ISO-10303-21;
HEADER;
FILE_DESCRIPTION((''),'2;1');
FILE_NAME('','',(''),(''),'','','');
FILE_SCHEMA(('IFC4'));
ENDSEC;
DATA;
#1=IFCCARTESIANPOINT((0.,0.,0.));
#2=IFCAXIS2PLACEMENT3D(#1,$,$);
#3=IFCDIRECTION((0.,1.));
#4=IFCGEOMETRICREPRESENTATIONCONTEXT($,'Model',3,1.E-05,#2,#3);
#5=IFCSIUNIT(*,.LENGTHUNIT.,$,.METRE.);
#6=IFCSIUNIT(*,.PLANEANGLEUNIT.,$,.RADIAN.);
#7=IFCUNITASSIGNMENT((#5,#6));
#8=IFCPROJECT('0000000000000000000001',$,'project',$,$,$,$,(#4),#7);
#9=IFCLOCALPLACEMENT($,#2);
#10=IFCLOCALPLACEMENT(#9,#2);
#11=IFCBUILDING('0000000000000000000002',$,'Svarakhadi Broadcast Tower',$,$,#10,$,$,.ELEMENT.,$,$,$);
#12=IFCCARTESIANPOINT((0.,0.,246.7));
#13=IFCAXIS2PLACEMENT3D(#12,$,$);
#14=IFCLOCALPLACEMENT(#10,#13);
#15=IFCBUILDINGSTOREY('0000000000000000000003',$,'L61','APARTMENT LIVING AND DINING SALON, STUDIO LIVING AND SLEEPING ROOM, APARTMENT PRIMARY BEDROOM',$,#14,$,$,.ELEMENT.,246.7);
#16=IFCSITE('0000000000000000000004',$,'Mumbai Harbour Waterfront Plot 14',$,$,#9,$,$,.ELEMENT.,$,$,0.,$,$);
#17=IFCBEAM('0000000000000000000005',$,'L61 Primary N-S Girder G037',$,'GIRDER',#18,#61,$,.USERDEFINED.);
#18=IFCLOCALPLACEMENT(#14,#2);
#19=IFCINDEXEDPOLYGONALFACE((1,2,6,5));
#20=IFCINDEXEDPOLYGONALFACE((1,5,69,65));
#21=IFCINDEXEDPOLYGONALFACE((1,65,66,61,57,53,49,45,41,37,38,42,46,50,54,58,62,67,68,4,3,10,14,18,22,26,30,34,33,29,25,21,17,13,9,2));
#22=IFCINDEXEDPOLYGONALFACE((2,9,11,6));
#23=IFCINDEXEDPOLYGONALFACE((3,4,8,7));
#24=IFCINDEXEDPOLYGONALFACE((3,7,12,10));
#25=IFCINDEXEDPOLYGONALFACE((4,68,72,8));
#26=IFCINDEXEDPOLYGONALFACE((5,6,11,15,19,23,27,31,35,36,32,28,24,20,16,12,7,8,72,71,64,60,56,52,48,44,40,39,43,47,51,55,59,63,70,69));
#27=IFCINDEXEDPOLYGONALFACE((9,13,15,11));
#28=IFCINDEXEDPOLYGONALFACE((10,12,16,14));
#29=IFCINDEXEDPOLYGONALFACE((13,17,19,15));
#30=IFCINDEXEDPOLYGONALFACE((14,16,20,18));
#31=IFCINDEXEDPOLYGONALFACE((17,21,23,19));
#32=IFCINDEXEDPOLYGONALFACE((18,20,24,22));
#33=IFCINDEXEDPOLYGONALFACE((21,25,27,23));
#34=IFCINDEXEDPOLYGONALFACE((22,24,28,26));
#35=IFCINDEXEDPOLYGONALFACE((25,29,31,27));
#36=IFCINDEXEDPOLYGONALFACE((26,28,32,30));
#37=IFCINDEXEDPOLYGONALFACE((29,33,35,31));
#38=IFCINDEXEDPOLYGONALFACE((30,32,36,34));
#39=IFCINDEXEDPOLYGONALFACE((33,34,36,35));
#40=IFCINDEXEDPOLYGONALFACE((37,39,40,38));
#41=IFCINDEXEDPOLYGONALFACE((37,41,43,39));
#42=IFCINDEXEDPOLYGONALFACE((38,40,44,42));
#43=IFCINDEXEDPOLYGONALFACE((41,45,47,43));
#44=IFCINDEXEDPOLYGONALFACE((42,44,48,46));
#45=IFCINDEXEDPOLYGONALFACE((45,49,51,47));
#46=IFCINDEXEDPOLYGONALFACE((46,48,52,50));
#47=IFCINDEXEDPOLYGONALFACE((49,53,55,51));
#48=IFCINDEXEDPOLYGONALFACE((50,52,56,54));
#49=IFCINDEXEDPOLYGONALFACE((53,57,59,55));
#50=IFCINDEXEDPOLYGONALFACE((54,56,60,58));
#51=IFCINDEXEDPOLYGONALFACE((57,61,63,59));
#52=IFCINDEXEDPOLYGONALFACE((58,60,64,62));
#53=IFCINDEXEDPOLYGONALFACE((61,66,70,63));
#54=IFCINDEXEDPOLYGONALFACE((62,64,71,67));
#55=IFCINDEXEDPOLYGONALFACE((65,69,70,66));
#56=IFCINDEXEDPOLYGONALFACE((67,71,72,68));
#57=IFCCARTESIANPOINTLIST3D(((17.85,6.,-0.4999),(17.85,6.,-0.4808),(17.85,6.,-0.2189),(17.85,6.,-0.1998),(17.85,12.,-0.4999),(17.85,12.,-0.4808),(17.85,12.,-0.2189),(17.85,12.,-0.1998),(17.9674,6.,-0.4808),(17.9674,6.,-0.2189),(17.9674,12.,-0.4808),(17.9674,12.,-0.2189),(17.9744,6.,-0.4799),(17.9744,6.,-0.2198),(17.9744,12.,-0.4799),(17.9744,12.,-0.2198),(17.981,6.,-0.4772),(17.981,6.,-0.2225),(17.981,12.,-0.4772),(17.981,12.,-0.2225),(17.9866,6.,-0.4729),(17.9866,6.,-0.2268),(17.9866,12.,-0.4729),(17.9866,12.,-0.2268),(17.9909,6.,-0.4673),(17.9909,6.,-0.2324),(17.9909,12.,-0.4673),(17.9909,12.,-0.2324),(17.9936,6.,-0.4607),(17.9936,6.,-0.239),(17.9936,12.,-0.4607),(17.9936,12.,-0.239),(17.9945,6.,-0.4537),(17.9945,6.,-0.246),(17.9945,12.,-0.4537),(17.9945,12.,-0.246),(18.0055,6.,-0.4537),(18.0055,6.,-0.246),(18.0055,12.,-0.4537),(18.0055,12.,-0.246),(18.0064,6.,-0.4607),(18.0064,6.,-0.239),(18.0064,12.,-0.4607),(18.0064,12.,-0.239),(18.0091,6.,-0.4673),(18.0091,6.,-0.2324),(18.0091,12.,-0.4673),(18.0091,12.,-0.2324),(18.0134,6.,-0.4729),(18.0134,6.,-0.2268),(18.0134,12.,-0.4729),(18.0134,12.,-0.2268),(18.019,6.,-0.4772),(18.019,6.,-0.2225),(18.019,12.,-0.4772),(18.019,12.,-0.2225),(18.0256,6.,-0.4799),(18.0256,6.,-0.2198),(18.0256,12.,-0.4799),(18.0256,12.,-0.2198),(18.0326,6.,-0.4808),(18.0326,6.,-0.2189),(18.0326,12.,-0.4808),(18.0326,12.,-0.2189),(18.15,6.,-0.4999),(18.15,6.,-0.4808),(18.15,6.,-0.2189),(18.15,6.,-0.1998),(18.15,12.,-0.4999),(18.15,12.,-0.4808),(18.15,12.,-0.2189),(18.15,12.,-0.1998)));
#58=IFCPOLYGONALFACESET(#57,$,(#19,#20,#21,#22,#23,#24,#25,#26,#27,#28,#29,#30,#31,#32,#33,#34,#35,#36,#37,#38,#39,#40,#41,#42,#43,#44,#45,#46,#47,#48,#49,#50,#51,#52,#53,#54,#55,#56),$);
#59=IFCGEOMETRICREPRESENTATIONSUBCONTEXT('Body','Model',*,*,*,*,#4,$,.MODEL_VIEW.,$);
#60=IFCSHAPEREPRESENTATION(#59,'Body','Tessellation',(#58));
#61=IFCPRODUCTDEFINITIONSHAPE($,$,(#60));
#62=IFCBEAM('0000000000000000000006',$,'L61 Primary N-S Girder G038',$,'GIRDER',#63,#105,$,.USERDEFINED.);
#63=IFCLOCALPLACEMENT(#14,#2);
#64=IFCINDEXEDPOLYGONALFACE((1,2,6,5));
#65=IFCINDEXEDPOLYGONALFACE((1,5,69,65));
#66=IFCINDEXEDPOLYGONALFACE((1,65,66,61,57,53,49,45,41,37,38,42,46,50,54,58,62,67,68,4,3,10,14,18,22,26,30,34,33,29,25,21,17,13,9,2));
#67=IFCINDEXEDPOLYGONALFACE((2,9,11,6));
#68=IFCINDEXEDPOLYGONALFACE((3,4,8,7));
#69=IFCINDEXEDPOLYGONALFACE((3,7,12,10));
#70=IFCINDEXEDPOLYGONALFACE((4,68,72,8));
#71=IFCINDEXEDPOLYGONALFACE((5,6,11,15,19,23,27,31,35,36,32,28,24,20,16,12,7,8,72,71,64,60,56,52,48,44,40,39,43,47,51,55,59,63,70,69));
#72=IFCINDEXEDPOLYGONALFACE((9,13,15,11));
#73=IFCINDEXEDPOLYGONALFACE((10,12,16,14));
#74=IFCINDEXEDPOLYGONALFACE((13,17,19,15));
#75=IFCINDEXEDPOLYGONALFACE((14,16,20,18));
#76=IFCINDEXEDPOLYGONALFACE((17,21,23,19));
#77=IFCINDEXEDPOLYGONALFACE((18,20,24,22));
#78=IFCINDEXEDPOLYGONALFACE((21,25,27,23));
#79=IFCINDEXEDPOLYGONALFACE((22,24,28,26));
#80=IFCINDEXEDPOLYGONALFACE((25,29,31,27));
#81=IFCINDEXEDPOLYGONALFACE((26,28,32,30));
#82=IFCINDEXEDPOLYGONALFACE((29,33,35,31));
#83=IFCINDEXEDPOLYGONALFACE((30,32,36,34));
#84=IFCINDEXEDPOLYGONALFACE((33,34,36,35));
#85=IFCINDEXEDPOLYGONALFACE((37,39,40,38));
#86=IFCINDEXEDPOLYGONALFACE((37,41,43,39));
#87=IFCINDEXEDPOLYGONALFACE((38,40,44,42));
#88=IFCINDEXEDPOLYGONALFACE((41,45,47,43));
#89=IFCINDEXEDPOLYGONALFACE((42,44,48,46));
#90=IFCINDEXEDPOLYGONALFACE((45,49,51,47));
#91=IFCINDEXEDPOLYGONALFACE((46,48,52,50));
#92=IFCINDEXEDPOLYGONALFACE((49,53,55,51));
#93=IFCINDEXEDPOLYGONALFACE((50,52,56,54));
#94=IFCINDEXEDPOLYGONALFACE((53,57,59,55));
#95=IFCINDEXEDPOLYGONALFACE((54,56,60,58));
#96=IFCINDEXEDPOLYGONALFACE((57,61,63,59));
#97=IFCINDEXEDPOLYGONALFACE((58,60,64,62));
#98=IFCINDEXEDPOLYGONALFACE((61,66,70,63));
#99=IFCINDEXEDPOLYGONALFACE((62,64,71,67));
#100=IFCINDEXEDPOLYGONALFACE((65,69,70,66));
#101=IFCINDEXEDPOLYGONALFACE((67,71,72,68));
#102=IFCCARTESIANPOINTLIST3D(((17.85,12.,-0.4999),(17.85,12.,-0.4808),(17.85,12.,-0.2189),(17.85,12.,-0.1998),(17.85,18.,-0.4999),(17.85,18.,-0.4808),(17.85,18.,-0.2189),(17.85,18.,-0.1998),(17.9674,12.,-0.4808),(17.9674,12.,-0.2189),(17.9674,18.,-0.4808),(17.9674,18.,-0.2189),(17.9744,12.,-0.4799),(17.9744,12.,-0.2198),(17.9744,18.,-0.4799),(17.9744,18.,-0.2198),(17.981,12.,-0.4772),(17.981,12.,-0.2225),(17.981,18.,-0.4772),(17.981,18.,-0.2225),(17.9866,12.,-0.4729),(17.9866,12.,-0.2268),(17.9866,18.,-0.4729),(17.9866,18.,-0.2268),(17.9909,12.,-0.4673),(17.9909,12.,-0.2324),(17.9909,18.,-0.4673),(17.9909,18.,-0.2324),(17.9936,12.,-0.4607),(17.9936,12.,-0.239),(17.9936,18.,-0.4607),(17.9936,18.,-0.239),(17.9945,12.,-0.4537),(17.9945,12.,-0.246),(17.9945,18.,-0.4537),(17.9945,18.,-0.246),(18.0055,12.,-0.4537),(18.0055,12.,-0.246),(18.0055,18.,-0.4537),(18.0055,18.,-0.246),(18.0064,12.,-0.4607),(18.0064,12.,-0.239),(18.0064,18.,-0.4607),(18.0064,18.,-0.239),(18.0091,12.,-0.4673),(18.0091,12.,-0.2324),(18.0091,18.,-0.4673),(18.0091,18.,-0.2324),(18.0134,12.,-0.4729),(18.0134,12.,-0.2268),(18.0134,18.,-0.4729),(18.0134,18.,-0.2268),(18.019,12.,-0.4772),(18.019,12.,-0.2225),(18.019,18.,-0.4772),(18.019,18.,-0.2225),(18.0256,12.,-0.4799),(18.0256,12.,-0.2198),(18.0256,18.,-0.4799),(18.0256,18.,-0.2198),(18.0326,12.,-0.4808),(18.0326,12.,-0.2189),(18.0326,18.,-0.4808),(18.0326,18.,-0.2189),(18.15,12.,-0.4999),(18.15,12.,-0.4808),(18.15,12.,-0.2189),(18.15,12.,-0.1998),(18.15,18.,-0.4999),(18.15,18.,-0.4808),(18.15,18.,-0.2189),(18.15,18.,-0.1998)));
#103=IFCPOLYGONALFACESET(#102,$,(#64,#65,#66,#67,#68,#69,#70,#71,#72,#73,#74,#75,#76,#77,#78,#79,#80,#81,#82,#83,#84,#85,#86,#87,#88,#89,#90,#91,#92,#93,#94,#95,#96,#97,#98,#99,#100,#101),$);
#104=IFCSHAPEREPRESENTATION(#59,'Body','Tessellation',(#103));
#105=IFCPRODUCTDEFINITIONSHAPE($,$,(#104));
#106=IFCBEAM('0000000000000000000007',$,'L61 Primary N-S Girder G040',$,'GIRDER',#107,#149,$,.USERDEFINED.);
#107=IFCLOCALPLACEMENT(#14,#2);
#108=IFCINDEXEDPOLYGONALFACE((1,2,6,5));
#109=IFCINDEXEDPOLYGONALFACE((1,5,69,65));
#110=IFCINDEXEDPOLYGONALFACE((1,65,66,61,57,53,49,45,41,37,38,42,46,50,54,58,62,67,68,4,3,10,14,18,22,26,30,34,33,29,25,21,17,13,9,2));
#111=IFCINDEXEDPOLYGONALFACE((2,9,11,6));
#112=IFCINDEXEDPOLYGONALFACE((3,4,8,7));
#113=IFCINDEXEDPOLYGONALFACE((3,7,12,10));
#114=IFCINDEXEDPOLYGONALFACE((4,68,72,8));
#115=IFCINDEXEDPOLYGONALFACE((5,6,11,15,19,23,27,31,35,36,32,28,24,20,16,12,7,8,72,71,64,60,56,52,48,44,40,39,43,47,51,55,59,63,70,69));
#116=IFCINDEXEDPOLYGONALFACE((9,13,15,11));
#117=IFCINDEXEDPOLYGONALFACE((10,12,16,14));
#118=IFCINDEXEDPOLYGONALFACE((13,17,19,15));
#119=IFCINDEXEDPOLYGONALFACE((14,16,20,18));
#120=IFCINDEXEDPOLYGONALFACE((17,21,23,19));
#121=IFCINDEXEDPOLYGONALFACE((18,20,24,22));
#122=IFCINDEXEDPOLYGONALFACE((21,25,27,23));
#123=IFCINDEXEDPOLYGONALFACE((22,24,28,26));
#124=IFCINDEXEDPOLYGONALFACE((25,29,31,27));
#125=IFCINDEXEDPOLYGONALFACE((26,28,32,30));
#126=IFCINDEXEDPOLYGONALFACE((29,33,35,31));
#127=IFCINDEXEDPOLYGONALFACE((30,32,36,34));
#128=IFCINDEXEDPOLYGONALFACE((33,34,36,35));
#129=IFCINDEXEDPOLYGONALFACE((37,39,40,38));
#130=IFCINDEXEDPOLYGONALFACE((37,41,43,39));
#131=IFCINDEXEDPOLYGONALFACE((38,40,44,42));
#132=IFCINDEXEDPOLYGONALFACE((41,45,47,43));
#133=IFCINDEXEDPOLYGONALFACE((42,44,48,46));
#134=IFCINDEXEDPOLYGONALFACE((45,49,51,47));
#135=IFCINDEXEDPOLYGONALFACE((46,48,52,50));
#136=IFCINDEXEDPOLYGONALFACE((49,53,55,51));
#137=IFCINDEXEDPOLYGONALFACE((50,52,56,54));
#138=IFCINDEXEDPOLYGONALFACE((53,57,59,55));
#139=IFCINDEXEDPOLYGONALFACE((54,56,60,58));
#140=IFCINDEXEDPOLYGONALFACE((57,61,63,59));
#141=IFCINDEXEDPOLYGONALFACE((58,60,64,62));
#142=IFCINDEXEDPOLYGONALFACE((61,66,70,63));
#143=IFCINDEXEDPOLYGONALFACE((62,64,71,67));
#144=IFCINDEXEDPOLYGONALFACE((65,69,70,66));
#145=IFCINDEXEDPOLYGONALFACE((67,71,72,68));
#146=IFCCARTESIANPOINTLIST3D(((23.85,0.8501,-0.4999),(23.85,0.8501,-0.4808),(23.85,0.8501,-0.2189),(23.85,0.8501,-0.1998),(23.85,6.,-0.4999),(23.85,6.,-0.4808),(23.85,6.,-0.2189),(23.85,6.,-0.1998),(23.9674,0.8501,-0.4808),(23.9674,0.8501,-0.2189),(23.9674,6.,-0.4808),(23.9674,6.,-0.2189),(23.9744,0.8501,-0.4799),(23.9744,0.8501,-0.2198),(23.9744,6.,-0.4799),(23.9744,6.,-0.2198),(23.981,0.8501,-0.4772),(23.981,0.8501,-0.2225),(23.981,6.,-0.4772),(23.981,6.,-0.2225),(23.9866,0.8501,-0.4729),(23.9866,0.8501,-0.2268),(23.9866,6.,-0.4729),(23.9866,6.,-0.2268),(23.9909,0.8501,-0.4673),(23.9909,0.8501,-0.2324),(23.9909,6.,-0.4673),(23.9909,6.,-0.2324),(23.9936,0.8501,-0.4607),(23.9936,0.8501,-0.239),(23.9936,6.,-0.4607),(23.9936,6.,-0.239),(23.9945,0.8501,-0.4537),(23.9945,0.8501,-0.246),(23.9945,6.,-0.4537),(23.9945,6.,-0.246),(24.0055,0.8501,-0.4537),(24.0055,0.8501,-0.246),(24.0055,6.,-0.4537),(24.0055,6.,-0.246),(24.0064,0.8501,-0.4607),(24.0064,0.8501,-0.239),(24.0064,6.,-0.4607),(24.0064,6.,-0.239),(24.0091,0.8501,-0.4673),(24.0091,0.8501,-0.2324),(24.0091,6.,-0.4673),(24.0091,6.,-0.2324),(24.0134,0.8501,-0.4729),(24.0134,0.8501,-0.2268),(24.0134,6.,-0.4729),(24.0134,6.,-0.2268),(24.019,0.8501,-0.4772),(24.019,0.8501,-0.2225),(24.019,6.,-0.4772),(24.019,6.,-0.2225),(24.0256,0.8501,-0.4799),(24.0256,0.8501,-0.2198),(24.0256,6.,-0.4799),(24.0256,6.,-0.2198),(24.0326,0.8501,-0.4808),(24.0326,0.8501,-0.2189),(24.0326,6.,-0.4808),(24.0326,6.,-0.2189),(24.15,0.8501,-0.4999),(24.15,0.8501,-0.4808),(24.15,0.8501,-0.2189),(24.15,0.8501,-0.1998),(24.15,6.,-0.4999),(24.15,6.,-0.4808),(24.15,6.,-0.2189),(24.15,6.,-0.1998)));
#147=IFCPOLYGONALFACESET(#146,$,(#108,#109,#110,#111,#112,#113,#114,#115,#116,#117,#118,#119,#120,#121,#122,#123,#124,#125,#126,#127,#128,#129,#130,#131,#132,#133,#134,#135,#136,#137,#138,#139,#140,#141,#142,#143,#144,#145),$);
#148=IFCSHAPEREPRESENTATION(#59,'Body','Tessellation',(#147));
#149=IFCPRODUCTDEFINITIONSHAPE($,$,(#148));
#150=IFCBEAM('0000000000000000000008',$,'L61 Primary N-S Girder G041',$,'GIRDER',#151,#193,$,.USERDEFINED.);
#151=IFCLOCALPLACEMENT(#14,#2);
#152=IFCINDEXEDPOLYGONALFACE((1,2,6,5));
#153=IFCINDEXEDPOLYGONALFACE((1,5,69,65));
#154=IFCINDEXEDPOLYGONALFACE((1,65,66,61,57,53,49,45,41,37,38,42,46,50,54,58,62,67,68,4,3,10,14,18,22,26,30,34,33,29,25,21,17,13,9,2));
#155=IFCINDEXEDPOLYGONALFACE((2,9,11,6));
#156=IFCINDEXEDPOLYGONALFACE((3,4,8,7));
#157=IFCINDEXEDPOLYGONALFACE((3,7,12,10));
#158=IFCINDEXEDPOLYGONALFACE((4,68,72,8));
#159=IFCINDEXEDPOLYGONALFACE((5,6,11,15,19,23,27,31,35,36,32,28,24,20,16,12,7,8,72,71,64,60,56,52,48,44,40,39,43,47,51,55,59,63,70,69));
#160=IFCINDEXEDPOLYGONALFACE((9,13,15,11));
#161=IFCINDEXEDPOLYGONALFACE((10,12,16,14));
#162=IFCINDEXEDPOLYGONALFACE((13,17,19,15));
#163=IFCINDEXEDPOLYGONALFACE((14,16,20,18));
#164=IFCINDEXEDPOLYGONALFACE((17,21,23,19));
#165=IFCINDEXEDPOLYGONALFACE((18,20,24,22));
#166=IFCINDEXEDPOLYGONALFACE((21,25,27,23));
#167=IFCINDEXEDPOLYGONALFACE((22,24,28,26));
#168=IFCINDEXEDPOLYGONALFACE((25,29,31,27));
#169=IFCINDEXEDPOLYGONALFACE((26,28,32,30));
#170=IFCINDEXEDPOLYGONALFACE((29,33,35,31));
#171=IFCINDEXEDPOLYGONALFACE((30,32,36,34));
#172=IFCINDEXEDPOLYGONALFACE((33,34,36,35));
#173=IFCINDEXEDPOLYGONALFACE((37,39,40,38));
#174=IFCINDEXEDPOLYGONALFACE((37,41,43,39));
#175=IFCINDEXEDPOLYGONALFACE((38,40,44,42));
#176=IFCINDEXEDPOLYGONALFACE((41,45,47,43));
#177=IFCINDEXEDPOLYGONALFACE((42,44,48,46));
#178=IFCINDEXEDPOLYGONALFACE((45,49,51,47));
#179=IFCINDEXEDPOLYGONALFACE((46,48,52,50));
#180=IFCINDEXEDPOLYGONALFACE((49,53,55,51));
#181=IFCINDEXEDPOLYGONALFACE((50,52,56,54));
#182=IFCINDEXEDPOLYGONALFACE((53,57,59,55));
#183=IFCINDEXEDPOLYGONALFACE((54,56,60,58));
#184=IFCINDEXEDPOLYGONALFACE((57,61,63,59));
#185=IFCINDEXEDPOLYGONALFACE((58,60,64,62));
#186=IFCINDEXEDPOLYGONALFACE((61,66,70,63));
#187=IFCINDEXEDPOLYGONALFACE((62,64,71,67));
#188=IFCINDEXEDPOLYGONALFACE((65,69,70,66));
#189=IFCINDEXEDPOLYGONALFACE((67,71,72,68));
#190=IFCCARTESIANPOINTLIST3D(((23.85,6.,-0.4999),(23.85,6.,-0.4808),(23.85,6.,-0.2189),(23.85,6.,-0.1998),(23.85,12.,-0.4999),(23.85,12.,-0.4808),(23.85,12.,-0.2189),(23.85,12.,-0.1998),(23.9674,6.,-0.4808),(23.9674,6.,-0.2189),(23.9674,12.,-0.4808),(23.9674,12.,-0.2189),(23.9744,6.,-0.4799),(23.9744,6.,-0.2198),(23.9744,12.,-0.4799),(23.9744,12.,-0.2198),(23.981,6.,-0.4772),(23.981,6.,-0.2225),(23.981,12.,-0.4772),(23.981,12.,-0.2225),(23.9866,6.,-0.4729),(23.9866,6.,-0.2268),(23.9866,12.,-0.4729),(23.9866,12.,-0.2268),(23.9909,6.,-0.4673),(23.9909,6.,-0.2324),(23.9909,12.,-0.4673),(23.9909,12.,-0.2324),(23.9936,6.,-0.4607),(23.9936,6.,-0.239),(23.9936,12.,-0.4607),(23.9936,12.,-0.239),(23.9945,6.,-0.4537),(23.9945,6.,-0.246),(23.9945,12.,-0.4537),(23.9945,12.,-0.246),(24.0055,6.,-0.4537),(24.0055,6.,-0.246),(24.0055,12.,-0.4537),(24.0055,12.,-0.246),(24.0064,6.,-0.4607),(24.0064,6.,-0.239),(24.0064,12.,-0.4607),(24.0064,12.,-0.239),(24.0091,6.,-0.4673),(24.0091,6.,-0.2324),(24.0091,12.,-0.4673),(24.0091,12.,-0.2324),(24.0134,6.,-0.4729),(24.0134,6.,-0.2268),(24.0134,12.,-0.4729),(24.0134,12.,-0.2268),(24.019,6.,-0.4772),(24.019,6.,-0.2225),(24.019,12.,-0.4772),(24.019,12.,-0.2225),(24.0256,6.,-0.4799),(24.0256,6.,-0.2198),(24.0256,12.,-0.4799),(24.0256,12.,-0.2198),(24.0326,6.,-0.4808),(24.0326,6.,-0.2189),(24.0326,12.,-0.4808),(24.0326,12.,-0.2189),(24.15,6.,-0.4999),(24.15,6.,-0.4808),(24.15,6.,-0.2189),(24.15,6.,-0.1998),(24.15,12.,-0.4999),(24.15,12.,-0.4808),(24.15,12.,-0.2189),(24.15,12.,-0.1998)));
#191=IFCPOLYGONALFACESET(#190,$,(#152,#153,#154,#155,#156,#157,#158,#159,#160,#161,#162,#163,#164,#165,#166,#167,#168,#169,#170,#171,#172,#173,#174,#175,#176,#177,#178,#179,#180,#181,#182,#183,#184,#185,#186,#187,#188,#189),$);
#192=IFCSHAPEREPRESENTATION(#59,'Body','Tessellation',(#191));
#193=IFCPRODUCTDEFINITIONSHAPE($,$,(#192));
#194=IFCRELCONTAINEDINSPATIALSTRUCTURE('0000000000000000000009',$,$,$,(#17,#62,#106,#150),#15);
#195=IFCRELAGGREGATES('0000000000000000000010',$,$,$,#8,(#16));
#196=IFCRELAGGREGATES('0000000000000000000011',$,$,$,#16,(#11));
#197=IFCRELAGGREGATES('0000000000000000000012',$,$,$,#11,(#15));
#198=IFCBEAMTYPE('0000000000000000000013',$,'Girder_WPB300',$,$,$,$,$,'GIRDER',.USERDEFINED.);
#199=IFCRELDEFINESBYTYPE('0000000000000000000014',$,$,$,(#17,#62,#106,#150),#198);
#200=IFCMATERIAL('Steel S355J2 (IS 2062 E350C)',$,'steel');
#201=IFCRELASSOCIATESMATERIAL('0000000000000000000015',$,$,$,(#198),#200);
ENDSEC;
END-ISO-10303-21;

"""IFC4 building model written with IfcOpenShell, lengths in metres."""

from ifc_helpers import new_model, si_unit, direction, frame, origin, origin_2d, place, context, subcontext, project, spatial, i_section, extrude, material, material_profile, profile_set, type_object, element, save


model = new_model("IFC4")

# Units and contexts
model_context = context("Model", 3, precision=1e-05, world=origin(), true_north=direction((0.0, 1.0)))
body_context = subcontext(model_context, "Body", "Model", "MODEL_VIEW")
ifc_project = project(units=[si_unit("LENGTHUNIT", "METRE"), si_unit("PLANEANGLEUNIT", "RADIAN")], contexts=[model_context])

# Site, building, storey
site_placement = place(None, origin())
site = spatial("IfcSite", under=ifc_project, at=site_placement, Name="Mumbai Harbour Waterfront Plot 14", CompositionType="ELEMENT", RefElevation=0.0)
building_placement = place(site_placement, origin())
building = spatial("IfcBuilding", under=site, at=building_placement, Name="Svarakhadi Broadcast Tower", CompositionType="ELEMENT")
storey_placement = place(building_placement, frame((0.0, 0.0, 246.7)))
storey = spatial("IfcBuildingStorey", under=building, at=storey_placement, Name="L61", Description="APARTMENT LIVING AND DINING SALON, STUDIO LIVING AND SLEEPING ROOM, APARTMENT PRIMARY BEDROOM", CompositionType="ELEMENT", Elevation=246.7)

# Beams
ifc_material_1 = material(Name="Steel S355J2 (IS 2062 E350C)", Category="steel")
ifc_material_profile_1 = material_profile(ifc_material_1, i_section(OverallWidth=0.3, OverallDepth=0.3, WebThickness=0.011, FlangeThickness=0.019, FilletRadius=0.0271, at=origin_2d()), Name="WPB 300x300x117")
ifc_profile_set_1 = profile_set([ifc_material_profile_1], Name="Steel S355J2 (IS 2062 E350C)")
beam_type_1 = type_object("IfcBeamType", Name="Girder_WPB300", ElementType="GIRDER", PredefinedType="USERDEFINED", material=ifc_profile_set_1)
for number, where, z_axis, x_axis, name in (
    (1, (18.0, 6.0, -0.3499), (0.0, 1.0, 0.0), (-1.0, 0.0, 0.0), "L61 Primary N-S Girder G037"),
    (2, (18.0, 12.0, -0.3499), (0.0, 1.0, 0.0), (-1.0, 0.0, 0.0), "L61 Primary N-S Girder G038"),
):
    element("IfcBeam", number, at=place(storey_placement, frame(where, z_axis=z_axis, x_axis=x_axis)), inside=storey, type_object=beam_type_1, Name=name, ObjectType="GIRDER", PredefinedType="USERDEFINED", context=body_context, shape_type="SweptSolid", body=[
        extrude(i_section(OverallWidth=0.3, OverallDepth=0.3, WebThickness=0.011, FlangeThickness=0.019, FilletRadius=0.0271, at=origin_2d()), origin(), (0.0, 0.0, 1.0), 6.0),
    ])
beam_1_placement = place(storey_placement, frame((24.0, 0.8501, -0.3499), z_axis=(0.0, 1.0, 0.0), x_axis=(-1.0, 0.0, 0.0)))
element("IfcBeam", 3, at=beam_1_placement, inside=storey, type_object=beam_type_1, Name="L61 Primary N-S Girder G040", ObjectType="GIRDER", PredefinedType="USERDEFINED", context=body_context, shape_type="SweptSolid", body=[
    extrude(i_section(OverallWidth=0.3, OverallDepth=0.3, WebThickness=0.011, FlangeThickness=0.019, FilletRadius=0.0271, at=origin_2d()), origin(), (0.0, 0.0, 1.0), 5.1499),
])
for number, where, z_axis, x_axis, name in (
    (4, (24.0, 6.0, -0.3499), (0.0, 1.0, 0.0), (-1.0, 0.0, 0.0), "L61 Primary N-S Girder G041"),
):
    element("IfcBeam", number, at=place(storey_placement, frame(where, z_axis=z_axis, x_axis=x_axis)), inside=storey, type_object=beam_type_1, Name=name, ObjectType="GIRDER", PredefinedType="USERDEFINED", context=body_context, shape_type="SweptSolid", body=[
        extrude(i_section(OverallWidth=0.3, OverallDepth=0.3, WebThickness=0.011, FlangeThickness=0.019, FilletRadius=0.0271, at=origin_2d()), origin(), (0.0, 0.0, 1.0), 6.0),
    ])

save(model, "model.ifc")
